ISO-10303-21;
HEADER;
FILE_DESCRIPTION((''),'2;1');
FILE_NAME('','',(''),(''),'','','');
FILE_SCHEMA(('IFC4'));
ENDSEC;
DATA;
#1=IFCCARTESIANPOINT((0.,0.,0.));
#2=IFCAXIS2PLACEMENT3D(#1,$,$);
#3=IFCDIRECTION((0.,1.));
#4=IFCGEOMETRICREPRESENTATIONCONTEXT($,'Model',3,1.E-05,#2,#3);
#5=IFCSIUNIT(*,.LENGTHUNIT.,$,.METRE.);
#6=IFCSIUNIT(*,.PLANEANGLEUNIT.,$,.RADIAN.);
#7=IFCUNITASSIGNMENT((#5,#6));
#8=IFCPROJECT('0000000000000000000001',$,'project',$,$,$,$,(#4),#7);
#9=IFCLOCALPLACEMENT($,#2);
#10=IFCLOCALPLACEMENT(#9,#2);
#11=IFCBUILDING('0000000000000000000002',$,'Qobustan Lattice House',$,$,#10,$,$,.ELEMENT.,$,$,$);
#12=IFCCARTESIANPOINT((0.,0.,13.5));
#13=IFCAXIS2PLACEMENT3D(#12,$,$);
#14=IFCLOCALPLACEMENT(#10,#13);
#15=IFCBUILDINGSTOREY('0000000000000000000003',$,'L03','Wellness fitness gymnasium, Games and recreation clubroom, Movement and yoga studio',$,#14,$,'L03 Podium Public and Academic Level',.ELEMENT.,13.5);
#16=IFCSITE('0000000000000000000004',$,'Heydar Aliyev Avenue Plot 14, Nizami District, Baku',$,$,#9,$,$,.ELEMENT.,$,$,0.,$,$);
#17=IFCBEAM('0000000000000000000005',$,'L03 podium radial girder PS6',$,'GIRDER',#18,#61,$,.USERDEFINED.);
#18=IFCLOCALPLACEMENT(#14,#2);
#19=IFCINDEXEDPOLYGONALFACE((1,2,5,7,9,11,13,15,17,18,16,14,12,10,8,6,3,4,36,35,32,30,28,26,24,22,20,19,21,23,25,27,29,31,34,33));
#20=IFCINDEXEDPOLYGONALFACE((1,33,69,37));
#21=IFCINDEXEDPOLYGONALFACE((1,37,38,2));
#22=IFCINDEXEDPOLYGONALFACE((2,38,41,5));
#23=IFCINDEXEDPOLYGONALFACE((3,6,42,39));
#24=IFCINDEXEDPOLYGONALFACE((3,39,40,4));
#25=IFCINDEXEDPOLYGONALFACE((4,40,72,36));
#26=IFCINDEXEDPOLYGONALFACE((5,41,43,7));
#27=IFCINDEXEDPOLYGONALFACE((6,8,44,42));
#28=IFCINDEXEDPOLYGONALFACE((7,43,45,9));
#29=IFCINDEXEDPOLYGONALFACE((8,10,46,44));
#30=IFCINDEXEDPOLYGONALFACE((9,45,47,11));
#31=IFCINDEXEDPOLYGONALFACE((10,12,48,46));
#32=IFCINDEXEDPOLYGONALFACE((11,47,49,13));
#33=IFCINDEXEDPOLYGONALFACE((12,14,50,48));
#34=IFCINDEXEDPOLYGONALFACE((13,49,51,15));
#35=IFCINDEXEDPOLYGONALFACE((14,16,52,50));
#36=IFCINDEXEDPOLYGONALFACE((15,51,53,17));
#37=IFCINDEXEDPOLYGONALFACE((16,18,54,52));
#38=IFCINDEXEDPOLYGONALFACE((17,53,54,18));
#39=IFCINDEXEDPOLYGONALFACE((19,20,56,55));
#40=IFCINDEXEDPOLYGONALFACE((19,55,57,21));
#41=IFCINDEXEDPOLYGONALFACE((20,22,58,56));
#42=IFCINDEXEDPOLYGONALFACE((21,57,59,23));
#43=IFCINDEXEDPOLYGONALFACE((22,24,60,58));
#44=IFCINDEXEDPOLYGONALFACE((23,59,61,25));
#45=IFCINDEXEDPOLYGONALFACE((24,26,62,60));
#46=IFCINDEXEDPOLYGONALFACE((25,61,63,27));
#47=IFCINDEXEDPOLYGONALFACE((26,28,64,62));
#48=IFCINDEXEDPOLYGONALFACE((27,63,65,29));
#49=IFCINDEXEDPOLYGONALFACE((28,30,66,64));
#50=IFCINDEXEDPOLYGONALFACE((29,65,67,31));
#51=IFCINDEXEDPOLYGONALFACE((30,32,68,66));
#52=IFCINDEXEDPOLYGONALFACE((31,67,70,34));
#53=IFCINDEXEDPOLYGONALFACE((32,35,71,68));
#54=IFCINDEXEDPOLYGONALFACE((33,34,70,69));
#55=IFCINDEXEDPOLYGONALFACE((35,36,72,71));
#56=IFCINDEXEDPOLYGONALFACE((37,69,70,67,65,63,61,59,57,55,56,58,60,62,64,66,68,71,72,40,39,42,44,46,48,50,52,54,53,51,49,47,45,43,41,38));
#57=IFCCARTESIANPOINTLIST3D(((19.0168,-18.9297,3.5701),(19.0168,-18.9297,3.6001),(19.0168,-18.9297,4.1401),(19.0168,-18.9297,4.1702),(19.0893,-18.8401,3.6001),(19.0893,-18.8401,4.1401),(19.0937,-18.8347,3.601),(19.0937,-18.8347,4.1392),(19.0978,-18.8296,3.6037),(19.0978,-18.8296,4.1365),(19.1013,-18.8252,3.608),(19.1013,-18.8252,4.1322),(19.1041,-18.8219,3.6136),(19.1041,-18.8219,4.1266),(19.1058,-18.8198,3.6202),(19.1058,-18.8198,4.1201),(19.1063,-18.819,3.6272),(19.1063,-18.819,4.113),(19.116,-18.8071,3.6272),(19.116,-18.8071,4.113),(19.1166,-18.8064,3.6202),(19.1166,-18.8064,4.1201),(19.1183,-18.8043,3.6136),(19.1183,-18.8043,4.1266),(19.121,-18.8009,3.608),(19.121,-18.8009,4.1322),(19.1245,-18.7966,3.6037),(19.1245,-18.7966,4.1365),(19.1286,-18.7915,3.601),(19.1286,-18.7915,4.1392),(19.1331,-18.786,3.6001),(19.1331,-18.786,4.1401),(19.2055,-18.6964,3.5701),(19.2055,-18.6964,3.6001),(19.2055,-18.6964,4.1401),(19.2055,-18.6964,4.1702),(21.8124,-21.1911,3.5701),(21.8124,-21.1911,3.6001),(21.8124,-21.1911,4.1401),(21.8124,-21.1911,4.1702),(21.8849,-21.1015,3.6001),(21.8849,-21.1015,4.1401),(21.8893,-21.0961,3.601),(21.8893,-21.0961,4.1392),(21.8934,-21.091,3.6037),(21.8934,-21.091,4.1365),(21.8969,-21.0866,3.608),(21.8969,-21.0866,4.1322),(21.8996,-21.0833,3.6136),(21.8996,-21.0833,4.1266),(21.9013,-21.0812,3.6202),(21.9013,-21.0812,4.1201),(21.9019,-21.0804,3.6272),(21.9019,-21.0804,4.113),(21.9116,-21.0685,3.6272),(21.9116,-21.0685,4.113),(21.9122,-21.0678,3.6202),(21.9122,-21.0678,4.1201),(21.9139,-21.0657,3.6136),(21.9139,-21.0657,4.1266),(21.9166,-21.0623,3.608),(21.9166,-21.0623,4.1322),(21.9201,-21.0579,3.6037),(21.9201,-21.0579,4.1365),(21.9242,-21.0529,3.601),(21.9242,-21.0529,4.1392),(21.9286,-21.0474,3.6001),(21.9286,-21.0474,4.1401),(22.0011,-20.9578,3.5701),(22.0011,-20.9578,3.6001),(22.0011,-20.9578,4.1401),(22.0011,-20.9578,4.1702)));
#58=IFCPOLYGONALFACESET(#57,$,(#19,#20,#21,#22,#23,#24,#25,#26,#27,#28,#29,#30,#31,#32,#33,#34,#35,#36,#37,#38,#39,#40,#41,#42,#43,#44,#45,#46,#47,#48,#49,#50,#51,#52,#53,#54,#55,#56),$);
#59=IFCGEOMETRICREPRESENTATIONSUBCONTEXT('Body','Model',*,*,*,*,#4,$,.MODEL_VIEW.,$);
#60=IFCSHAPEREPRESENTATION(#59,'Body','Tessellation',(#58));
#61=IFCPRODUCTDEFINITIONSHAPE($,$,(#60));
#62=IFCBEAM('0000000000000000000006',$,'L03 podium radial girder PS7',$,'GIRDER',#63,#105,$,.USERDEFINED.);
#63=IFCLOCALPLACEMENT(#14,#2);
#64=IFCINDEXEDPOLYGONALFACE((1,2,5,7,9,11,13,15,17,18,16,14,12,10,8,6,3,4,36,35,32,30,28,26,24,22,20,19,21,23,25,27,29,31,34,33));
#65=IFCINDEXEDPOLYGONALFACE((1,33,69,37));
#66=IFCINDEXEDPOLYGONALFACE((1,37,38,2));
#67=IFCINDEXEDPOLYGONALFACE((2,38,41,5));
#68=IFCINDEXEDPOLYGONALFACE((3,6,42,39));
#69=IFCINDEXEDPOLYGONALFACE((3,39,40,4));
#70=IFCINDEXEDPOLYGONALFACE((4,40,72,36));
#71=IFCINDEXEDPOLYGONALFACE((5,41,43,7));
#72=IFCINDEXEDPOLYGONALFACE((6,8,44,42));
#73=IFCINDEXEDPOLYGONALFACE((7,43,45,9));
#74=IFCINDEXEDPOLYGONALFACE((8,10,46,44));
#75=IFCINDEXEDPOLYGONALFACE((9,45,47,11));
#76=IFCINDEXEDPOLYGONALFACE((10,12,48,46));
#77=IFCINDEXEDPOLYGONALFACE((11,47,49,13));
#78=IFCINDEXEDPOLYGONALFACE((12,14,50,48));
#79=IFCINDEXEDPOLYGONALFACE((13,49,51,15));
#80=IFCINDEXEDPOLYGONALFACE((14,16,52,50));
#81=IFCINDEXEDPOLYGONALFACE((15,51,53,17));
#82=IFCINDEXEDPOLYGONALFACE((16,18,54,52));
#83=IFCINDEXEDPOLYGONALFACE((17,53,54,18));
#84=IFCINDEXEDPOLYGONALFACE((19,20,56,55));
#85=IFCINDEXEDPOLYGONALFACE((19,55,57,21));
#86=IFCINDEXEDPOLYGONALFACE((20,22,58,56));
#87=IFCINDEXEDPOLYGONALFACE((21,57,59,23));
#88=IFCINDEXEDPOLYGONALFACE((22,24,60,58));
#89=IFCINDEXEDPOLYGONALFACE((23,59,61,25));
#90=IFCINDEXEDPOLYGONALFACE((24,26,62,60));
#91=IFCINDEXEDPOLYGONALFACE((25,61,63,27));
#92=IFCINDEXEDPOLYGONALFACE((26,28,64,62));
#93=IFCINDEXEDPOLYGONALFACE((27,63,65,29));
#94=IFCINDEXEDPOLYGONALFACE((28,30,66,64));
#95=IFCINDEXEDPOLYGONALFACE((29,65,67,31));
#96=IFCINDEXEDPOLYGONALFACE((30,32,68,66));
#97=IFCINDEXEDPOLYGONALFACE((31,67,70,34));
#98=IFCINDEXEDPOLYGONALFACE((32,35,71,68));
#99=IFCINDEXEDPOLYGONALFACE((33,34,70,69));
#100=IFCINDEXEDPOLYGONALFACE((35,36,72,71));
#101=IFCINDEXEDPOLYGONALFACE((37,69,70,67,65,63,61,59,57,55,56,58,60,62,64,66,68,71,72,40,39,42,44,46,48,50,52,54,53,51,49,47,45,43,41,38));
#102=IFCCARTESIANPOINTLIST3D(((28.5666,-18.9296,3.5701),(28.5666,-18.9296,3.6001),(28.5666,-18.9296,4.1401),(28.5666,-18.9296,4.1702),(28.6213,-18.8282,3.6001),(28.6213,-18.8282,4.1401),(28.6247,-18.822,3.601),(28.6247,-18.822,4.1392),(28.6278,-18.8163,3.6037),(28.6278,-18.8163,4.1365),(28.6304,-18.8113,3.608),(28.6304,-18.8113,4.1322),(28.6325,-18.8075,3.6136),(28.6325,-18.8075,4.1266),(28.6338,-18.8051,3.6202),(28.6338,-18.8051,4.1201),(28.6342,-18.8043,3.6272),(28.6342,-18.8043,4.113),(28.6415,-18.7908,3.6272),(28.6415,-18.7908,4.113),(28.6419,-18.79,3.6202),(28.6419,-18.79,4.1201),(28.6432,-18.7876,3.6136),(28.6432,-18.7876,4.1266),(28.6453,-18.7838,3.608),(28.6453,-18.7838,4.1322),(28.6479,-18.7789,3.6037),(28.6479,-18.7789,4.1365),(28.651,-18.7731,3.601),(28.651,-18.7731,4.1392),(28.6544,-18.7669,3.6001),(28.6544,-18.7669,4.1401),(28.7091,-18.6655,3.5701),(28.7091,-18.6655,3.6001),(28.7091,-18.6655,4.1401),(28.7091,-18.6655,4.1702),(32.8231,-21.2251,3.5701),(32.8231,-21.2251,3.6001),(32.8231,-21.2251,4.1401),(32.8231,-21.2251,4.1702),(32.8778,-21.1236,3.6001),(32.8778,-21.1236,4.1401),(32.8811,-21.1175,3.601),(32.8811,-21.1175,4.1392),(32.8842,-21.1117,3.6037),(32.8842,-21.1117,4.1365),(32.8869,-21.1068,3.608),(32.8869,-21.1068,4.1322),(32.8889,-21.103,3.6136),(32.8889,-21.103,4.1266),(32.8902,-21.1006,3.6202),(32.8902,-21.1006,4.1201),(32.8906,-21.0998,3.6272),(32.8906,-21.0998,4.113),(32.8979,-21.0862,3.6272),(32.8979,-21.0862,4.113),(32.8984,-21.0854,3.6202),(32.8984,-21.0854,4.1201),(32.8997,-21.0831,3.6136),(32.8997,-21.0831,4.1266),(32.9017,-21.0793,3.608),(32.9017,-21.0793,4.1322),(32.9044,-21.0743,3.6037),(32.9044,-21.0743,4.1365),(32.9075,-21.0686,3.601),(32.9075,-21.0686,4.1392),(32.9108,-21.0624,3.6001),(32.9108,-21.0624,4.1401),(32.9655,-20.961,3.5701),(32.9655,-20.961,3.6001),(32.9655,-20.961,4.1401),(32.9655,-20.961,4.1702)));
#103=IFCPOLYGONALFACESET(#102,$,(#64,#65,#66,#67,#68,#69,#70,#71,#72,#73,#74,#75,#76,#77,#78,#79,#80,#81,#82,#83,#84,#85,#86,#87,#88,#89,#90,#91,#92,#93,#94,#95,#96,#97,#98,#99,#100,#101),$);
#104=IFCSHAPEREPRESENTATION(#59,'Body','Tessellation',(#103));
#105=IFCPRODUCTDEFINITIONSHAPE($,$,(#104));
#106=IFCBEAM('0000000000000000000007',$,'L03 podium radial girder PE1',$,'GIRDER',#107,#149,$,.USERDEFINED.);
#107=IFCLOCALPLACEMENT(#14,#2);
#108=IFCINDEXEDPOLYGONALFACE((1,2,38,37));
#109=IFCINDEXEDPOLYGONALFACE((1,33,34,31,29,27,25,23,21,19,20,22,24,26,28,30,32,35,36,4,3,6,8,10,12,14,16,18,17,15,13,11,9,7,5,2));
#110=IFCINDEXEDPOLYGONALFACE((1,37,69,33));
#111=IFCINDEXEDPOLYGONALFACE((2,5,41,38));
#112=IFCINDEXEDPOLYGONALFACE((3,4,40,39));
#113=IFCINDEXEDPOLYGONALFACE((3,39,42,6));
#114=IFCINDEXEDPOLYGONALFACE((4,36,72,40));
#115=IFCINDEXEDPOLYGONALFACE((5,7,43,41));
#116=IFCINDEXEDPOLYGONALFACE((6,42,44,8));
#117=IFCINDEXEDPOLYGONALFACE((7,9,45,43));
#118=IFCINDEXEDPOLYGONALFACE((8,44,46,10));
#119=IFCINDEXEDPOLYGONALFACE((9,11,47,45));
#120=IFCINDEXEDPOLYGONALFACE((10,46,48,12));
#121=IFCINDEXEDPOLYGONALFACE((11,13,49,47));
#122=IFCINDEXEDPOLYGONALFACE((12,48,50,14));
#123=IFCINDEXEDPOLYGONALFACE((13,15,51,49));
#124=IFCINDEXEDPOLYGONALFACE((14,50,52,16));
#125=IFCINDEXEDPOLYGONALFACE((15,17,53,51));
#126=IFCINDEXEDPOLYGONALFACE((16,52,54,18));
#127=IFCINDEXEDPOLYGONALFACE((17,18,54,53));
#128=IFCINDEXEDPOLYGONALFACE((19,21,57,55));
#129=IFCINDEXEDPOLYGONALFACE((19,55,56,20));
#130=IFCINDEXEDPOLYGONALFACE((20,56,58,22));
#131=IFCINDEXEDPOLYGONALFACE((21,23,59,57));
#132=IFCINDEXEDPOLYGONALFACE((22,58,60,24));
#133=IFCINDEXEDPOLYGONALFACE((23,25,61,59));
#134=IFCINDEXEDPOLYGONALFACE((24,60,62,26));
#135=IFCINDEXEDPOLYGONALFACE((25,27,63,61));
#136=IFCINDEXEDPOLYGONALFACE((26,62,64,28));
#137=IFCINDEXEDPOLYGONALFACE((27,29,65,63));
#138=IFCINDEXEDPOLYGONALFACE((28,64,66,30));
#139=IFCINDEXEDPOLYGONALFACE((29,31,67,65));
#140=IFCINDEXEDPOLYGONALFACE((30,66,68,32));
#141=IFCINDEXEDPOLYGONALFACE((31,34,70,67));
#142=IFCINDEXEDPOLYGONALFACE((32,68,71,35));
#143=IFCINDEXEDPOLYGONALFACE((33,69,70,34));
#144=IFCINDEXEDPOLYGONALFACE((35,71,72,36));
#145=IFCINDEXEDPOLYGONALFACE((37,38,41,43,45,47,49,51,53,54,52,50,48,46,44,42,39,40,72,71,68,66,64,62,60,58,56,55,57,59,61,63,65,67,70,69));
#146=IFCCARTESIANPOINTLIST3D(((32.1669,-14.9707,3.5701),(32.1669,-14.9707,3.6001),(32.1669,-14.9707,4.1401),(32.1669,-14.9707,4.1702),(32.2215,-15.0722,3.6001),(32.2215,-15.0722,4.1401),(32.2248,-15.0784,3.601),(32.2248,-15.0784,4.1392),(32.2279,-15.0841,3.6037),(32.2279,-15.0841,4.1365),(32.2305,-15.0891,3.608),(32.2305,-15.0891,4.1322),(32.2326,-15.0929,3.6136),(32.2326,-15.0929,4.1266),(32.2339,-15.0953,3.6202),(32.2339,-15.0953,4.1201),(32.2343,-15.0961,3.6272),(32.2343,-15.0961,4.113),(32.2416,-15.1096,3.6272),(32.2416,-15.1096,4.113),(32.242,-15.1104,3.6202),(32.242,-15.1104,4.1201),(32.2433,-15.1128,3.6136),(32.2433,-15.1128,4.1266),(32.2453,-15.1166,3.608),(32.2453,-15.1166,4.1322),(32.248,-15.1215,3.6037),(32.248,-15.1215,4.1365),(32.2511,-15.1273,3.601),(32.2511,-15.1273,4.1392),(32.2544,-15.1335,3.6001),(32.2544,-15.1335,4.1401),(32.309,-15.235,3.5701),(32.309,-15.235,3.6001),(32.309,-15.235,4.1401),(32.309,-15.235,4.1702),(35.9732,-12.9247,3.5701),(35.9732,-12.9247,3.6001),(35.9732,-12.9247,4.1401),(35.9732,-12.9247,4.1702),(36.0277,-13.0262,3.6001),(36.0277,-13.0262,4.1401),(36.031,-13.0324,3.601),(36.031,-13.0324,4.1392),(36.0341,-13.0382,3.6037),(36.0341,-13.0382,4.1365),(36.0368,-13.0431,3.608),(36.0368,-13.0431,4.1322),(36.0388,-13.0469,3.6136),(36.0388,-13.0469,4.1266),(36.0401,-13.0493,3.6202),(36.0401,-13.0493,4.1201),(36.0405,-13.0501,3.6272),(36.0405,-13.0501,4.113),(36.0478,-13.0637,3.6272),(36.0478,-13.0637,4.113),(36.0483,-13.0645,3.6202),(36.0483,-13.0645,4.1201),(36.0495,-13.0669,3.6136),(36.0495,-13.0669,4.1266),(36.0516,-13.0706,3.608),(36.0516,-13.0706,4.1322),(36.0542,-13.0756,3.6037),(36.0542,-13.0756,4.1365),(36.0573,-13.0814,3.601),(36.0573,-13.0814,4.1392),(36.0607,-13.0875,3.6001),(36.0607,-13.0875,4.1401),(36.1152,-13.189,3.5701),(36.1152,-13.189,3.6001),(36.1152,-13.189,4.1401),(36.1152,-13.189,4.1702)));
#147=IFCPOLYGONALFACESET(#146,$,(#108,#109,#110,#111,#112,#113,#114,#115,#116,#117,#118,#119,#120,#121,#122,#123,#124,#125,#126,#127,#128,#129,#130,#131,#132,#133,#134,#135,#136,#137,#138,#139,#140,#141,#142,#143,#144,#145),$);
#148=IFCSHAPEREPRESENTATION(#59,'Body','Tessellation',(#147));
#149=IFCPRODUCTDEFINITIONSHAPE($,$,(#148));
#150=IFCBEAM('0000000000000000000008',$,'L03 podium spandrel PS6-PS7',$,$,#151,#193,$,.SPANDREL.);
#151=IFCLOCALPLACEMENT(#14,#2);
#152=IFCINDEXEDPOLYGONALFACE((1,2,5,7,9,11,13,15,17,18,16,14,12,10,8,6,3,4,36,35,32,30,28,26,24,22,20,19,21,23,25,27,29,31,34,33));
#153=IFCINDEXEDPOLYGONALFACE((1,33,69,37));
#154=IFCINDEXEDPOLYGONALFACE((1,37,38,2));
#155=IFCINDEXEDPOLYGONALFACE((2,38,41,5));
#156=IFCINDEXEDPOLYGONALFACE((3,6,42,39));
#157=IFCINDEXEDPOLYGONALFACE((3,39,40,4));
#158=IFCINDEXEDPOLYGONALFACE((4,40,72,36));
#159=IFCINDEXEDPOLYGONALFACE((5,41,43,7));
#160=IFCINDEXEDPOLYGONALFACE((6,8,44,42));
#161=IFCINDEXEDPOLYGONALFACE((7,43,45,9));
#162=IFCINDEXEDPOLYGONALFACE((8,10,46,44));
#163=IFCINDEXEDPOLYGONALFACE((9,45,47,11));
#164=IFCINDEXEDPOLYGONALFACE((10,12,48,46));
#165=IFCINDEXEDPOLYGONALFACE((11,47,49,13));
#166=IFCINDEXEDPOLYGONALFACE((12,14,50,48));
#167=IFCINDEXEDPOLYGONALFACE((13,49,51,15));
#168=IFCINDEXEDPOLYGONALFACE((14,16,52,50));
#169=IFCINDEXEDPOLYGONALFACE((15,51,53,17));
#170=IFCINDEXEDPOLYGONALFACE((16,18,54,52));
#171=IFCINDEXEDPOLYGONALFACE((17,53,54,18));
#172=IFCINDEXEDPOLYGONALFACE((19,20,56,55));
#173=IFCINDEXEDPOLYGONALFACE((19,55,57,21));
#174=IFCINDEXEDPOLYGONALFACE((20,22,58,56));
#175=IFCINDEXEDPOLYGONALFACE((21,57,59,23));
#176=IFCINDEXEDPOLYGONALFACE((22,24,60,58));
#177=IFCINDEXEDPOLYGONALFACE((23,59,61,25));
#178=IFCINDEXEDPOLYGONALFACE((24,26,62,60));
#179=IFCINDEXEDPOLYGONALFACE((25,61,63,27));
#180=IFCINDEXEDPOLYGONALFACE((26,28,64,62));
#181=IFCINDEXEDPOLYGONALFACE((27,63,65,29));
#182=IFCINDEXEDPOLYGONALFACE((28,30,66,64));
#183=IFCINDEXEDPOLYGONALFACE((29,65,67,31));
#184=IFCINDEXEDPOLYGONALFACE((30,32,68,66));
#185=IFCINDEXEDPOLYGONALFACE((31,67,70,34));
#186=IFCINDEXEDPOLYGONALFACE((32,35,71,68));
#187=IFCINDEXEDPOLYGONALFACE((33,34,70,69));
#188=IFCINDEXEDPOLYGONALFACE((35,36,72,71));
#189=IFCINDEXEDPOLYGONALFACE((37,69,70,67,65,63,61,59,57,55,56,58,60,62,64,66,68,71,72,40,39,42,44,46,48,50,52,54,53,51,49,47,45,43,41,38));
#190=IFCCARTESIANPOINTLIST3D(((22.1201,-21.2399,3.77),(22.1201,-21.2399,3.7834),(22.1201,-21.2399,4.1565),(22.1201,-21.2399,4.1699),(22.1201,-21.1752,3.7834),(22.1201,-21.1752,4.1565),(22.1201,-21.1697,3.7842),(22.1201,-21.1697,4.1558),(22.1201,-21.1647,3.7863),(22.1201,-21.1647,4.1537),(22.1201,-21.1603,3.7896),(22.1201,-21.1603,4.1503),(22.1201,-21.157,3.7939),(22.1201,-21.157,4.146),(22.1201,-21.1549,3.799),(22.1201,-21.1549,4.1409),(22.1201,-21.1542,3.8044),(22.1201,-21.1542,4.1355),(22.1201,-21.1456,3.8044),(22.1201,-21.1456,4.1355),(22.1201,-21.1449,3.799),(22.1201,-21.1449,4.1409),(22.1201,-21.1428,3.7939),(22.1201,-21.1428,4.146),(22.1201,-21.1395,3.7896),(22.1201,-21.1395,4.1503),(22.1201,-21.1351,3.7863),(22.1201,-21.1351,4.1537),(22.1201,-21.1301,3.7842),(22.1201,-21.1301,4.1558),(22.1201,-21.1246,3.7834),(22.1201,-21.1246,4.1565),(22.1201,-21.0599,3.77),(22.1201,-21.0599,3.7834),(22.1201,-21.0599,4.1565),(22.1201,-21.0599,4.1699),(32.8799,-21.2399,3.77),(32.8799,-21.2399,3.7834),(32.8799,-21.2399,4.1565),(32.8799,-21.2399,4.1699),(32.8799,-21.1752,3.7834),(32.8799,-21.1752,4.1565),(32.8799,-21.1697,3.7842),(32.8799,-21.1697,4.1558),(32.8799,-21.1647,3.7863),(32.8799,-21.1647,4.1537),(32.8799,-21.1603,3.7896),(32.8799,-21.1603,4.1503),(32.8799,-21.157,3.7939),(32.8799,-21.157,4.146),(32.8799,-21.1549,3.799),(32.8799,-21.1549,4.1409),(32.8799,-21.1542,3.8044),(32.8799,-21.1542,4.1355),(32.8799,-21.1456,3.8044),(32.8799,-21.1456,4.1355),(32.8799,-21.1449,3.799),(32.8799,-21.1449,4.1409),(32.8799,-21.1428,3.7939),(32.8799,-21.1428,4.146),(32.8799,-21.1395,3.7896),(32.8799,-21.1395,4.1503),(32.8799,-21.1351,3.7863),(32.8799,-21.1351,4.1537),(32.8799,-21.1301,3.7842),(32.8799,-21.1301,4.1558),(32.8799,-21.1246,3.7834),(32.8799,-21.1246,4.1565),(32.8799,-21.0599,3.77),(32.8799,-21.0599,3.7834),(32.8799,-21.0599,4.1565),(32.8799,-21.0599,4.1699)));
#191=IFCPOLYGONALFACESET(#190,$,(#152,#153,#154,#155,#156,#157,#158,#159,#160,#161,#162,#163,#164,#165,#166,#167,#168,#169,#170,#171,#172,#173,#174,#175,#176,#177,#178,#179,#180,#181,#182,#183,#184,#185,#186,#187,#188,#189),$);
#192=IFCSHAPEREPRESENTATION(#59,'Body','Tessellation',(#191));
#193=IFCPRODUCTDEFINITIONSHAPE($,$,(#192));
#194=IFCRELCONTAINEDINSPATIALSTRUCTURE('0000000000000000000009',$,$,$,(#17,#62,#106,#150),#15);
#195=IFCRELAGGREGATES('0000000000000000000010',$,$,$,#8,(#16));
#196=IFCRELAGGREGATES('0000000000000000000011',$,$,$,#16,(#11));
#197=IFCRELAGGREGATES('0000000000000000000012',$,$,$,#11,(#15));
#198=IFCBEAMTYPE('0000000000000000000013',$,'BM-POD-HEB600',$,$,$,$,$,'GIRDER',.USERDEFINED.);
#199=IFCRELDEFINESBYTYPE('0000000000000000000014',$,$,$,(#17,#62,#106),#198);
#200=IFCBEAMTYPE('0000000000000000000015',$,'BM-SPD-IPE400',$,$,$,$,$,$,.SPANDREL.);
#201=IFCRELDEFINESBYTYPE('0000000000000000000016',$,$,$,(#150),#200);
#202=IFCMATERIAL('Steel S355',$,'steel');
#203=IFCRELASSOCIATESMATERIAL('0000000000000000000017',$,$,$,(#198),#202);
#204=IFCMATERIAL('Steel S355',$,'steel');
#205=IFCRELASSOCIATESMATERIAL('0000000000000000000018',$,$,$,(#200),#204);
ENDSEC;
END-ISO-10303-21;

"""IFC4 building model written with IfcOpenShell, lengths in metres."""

from ifc_helpers import new_model, si_unit, direction, frame, origin, origin_2d, place, context, subcontext, project, spatial, i_section, extrude, material, material_profile, profile_set, type_object, element, save


model = new_model("IFC4")

# Units and contexts
model_context = context("Model", 3, precision=1e-05, world=origin(), true_north=direction((0.0, 1.0)))
body_context = subcontext(model_context, "Body", "Model", "MODEL_VIEW")
ifc_project = project(units=[si_unit("LENGTHUNIT", "METRE"), si_unit("PLANEANGLEUNIT", "RADIAN")], contexts=[model_context])

# Site, building, storey
site_placement = place(None, origin())
site = spatial("IfcSite", under=ifc_project, at=site_placement, Name="Heydar Aliyev Avenue Plot 14, Nizami District, Baku", CompositionType="ELEMENT", RefElevation=0.0)
building_placement = place(site_placement, origin())
building = spatial("IfcBuilding", under=site, at=building_placement, Name="Qobustan Lattice House", CompositionType="ELEMENT")
storey_placement = place(building_placement, frame((0.0, 0.0, 13.5)))
storey = spatial("IfcBuildingStorey", under=building, at=storey_placement, Name="L03", Description="Wellness fitness gymnasium, Games and recreation clubroom, Movement and yoga studio", LongName="L03 Podium Public and Academic Level", CompositionType="ELEMENT", Elevation=13.5)

# Beams
ifc_material_1 = material(Name="Steel S355", Category="steel")
ifc_material_profile_1 = material_profile(ifc_material_1, i_section(OverallWidth=0.3, OverallDepth=0.6001, WebThickness=0.0154, FlangeThickness=0.03, FilletRadius=0.0271, at=origin_2d()), Name="HEB600")
ifc_profile_set_1 = profile_set([ifc_material_profile_1], Name="Steel S355")
beam_type_1 = type_object("IfcBeamType", Name="BM-POD-HEB600", ElementType="GIRDER", PredefinedType="USERDEFINED", material=ifc_profile_set_1)
beam_1_placement = place(storey_placement, frame((21.9067, -21.0745, 3.8701), z_axis=(-0.777473, 0.628917, 0.0), x_axis=(-0.628917, -0.777473, 0.0)))
element("IfcBeam", 1, at=beam_1_placement, inside=storey, type_object=beam_type_1, Name="L03 podium radial girder PS6", ObjectType="GIRDER", PredefinedType="USERDEFINED", context=body_context, shape_type="SweptSolid", body=[
    extrude(i_section(OverallWidth=0.3, OverallDepth=0.6001, WebThickness=0.0154, FlangeThickness=0.03, FilletRadius=0.0271, at=origin_2d()), origin(), (0.0, 0.0, 1.0), 3.5957),
])
beam_2_placement = place(storey_placement, frame((32.8943, -21.093, 3.8701), z_axis=(-0.880166, 0.474666, 0.0), x_axis=(-0.474666, -0.880166, 0.0)))
element("IfcBeam", 2, at=beam_2_placement, inside=storey, type_object=beam_type_1, Name="L03 podium radial girder PS7", ObjectType="GIRDER", PredefinedType="USERDEFINED", context=body_context, shape_type="SweptSolid", body=[
    extrude(i_section(OverallWidth=0.3, OverallDepth=0.6001, WebThickness=0.0154, FlangeThickness=0.03, FilletRadius=0.0271, at=origin_2d()), origin(), (0.0, 0.0, 1.0), 4.8359),
])
beam_3_placement = place(storey_placement, frame((36.0442, -13.0569, 3.8701), z_axis=(-0.880816, -0.47346, 0.0), x_axis=(0.47346, -0.880816, 0.0)))
element("IfcBeam", 3, at=beam_3_placement, inside=storey, type_object=beam_type_1, Name="L03 podium radial girder PE1", ObjectType="GIRDER", PredefinedType="USERDEFINED", context=body_context, shape_type="SweptSolid", body=[
    extrude(i_section(OverallWidth=0.3, OverallDepth=0.6001, WebThickness=0.0154, FlangeThickness=0.03, FilletRadius=0.0271, at=origin_2d()), origin(), (0.0, 0.0, 1.0), 4.3213),
])
ifc_material_2 = material(Name="Steel S355", Category="steel")
ifc_material_profile_2 = material_profile(ifc_material_2, i_section(OverallWidth=0.1799, OverallDepth=0.3999, WebThickness=0.0085, FlangeThickness=0.0134, FilletRadius=0.021, at=origin_2d()), Name="IPE400")
ifc_profile_set_2 = profile_set([ifc_material_profile_2], Name="Steel S355")
beam_type_2 = type_object("IfcBeamType", Name="BM-SPD-IPE400", PredefinedType="SPANDREL", material=ifc_profile_set_2)
beam_4_placement = place(storey_placement, frame((22.1201, -21.1499, 3.97), z_axis=(1.0, 0.0, 0.0), x_axis=(0.0, 1.0, 0.0)))
element("IfcBeam", 4, at=beam_4_placement, inside=storey, type_object=beam_type_2, Name="L03 podium spandrel PS6-PS7", PredefinedType="SPANDREL", context=body_context, shape_type="SweptSolid", body=[
    extrude(i_section(OverallWidth=0.1799, OverallDepth=0.3999, WebThickness=0.0085, FlangeThickness=0.0134, FilletRadius=0.021, at=origin_2d()), origin(), (0.0, 0.0, 1.0), 10.7598),
])

save(model, "model.ifc")
